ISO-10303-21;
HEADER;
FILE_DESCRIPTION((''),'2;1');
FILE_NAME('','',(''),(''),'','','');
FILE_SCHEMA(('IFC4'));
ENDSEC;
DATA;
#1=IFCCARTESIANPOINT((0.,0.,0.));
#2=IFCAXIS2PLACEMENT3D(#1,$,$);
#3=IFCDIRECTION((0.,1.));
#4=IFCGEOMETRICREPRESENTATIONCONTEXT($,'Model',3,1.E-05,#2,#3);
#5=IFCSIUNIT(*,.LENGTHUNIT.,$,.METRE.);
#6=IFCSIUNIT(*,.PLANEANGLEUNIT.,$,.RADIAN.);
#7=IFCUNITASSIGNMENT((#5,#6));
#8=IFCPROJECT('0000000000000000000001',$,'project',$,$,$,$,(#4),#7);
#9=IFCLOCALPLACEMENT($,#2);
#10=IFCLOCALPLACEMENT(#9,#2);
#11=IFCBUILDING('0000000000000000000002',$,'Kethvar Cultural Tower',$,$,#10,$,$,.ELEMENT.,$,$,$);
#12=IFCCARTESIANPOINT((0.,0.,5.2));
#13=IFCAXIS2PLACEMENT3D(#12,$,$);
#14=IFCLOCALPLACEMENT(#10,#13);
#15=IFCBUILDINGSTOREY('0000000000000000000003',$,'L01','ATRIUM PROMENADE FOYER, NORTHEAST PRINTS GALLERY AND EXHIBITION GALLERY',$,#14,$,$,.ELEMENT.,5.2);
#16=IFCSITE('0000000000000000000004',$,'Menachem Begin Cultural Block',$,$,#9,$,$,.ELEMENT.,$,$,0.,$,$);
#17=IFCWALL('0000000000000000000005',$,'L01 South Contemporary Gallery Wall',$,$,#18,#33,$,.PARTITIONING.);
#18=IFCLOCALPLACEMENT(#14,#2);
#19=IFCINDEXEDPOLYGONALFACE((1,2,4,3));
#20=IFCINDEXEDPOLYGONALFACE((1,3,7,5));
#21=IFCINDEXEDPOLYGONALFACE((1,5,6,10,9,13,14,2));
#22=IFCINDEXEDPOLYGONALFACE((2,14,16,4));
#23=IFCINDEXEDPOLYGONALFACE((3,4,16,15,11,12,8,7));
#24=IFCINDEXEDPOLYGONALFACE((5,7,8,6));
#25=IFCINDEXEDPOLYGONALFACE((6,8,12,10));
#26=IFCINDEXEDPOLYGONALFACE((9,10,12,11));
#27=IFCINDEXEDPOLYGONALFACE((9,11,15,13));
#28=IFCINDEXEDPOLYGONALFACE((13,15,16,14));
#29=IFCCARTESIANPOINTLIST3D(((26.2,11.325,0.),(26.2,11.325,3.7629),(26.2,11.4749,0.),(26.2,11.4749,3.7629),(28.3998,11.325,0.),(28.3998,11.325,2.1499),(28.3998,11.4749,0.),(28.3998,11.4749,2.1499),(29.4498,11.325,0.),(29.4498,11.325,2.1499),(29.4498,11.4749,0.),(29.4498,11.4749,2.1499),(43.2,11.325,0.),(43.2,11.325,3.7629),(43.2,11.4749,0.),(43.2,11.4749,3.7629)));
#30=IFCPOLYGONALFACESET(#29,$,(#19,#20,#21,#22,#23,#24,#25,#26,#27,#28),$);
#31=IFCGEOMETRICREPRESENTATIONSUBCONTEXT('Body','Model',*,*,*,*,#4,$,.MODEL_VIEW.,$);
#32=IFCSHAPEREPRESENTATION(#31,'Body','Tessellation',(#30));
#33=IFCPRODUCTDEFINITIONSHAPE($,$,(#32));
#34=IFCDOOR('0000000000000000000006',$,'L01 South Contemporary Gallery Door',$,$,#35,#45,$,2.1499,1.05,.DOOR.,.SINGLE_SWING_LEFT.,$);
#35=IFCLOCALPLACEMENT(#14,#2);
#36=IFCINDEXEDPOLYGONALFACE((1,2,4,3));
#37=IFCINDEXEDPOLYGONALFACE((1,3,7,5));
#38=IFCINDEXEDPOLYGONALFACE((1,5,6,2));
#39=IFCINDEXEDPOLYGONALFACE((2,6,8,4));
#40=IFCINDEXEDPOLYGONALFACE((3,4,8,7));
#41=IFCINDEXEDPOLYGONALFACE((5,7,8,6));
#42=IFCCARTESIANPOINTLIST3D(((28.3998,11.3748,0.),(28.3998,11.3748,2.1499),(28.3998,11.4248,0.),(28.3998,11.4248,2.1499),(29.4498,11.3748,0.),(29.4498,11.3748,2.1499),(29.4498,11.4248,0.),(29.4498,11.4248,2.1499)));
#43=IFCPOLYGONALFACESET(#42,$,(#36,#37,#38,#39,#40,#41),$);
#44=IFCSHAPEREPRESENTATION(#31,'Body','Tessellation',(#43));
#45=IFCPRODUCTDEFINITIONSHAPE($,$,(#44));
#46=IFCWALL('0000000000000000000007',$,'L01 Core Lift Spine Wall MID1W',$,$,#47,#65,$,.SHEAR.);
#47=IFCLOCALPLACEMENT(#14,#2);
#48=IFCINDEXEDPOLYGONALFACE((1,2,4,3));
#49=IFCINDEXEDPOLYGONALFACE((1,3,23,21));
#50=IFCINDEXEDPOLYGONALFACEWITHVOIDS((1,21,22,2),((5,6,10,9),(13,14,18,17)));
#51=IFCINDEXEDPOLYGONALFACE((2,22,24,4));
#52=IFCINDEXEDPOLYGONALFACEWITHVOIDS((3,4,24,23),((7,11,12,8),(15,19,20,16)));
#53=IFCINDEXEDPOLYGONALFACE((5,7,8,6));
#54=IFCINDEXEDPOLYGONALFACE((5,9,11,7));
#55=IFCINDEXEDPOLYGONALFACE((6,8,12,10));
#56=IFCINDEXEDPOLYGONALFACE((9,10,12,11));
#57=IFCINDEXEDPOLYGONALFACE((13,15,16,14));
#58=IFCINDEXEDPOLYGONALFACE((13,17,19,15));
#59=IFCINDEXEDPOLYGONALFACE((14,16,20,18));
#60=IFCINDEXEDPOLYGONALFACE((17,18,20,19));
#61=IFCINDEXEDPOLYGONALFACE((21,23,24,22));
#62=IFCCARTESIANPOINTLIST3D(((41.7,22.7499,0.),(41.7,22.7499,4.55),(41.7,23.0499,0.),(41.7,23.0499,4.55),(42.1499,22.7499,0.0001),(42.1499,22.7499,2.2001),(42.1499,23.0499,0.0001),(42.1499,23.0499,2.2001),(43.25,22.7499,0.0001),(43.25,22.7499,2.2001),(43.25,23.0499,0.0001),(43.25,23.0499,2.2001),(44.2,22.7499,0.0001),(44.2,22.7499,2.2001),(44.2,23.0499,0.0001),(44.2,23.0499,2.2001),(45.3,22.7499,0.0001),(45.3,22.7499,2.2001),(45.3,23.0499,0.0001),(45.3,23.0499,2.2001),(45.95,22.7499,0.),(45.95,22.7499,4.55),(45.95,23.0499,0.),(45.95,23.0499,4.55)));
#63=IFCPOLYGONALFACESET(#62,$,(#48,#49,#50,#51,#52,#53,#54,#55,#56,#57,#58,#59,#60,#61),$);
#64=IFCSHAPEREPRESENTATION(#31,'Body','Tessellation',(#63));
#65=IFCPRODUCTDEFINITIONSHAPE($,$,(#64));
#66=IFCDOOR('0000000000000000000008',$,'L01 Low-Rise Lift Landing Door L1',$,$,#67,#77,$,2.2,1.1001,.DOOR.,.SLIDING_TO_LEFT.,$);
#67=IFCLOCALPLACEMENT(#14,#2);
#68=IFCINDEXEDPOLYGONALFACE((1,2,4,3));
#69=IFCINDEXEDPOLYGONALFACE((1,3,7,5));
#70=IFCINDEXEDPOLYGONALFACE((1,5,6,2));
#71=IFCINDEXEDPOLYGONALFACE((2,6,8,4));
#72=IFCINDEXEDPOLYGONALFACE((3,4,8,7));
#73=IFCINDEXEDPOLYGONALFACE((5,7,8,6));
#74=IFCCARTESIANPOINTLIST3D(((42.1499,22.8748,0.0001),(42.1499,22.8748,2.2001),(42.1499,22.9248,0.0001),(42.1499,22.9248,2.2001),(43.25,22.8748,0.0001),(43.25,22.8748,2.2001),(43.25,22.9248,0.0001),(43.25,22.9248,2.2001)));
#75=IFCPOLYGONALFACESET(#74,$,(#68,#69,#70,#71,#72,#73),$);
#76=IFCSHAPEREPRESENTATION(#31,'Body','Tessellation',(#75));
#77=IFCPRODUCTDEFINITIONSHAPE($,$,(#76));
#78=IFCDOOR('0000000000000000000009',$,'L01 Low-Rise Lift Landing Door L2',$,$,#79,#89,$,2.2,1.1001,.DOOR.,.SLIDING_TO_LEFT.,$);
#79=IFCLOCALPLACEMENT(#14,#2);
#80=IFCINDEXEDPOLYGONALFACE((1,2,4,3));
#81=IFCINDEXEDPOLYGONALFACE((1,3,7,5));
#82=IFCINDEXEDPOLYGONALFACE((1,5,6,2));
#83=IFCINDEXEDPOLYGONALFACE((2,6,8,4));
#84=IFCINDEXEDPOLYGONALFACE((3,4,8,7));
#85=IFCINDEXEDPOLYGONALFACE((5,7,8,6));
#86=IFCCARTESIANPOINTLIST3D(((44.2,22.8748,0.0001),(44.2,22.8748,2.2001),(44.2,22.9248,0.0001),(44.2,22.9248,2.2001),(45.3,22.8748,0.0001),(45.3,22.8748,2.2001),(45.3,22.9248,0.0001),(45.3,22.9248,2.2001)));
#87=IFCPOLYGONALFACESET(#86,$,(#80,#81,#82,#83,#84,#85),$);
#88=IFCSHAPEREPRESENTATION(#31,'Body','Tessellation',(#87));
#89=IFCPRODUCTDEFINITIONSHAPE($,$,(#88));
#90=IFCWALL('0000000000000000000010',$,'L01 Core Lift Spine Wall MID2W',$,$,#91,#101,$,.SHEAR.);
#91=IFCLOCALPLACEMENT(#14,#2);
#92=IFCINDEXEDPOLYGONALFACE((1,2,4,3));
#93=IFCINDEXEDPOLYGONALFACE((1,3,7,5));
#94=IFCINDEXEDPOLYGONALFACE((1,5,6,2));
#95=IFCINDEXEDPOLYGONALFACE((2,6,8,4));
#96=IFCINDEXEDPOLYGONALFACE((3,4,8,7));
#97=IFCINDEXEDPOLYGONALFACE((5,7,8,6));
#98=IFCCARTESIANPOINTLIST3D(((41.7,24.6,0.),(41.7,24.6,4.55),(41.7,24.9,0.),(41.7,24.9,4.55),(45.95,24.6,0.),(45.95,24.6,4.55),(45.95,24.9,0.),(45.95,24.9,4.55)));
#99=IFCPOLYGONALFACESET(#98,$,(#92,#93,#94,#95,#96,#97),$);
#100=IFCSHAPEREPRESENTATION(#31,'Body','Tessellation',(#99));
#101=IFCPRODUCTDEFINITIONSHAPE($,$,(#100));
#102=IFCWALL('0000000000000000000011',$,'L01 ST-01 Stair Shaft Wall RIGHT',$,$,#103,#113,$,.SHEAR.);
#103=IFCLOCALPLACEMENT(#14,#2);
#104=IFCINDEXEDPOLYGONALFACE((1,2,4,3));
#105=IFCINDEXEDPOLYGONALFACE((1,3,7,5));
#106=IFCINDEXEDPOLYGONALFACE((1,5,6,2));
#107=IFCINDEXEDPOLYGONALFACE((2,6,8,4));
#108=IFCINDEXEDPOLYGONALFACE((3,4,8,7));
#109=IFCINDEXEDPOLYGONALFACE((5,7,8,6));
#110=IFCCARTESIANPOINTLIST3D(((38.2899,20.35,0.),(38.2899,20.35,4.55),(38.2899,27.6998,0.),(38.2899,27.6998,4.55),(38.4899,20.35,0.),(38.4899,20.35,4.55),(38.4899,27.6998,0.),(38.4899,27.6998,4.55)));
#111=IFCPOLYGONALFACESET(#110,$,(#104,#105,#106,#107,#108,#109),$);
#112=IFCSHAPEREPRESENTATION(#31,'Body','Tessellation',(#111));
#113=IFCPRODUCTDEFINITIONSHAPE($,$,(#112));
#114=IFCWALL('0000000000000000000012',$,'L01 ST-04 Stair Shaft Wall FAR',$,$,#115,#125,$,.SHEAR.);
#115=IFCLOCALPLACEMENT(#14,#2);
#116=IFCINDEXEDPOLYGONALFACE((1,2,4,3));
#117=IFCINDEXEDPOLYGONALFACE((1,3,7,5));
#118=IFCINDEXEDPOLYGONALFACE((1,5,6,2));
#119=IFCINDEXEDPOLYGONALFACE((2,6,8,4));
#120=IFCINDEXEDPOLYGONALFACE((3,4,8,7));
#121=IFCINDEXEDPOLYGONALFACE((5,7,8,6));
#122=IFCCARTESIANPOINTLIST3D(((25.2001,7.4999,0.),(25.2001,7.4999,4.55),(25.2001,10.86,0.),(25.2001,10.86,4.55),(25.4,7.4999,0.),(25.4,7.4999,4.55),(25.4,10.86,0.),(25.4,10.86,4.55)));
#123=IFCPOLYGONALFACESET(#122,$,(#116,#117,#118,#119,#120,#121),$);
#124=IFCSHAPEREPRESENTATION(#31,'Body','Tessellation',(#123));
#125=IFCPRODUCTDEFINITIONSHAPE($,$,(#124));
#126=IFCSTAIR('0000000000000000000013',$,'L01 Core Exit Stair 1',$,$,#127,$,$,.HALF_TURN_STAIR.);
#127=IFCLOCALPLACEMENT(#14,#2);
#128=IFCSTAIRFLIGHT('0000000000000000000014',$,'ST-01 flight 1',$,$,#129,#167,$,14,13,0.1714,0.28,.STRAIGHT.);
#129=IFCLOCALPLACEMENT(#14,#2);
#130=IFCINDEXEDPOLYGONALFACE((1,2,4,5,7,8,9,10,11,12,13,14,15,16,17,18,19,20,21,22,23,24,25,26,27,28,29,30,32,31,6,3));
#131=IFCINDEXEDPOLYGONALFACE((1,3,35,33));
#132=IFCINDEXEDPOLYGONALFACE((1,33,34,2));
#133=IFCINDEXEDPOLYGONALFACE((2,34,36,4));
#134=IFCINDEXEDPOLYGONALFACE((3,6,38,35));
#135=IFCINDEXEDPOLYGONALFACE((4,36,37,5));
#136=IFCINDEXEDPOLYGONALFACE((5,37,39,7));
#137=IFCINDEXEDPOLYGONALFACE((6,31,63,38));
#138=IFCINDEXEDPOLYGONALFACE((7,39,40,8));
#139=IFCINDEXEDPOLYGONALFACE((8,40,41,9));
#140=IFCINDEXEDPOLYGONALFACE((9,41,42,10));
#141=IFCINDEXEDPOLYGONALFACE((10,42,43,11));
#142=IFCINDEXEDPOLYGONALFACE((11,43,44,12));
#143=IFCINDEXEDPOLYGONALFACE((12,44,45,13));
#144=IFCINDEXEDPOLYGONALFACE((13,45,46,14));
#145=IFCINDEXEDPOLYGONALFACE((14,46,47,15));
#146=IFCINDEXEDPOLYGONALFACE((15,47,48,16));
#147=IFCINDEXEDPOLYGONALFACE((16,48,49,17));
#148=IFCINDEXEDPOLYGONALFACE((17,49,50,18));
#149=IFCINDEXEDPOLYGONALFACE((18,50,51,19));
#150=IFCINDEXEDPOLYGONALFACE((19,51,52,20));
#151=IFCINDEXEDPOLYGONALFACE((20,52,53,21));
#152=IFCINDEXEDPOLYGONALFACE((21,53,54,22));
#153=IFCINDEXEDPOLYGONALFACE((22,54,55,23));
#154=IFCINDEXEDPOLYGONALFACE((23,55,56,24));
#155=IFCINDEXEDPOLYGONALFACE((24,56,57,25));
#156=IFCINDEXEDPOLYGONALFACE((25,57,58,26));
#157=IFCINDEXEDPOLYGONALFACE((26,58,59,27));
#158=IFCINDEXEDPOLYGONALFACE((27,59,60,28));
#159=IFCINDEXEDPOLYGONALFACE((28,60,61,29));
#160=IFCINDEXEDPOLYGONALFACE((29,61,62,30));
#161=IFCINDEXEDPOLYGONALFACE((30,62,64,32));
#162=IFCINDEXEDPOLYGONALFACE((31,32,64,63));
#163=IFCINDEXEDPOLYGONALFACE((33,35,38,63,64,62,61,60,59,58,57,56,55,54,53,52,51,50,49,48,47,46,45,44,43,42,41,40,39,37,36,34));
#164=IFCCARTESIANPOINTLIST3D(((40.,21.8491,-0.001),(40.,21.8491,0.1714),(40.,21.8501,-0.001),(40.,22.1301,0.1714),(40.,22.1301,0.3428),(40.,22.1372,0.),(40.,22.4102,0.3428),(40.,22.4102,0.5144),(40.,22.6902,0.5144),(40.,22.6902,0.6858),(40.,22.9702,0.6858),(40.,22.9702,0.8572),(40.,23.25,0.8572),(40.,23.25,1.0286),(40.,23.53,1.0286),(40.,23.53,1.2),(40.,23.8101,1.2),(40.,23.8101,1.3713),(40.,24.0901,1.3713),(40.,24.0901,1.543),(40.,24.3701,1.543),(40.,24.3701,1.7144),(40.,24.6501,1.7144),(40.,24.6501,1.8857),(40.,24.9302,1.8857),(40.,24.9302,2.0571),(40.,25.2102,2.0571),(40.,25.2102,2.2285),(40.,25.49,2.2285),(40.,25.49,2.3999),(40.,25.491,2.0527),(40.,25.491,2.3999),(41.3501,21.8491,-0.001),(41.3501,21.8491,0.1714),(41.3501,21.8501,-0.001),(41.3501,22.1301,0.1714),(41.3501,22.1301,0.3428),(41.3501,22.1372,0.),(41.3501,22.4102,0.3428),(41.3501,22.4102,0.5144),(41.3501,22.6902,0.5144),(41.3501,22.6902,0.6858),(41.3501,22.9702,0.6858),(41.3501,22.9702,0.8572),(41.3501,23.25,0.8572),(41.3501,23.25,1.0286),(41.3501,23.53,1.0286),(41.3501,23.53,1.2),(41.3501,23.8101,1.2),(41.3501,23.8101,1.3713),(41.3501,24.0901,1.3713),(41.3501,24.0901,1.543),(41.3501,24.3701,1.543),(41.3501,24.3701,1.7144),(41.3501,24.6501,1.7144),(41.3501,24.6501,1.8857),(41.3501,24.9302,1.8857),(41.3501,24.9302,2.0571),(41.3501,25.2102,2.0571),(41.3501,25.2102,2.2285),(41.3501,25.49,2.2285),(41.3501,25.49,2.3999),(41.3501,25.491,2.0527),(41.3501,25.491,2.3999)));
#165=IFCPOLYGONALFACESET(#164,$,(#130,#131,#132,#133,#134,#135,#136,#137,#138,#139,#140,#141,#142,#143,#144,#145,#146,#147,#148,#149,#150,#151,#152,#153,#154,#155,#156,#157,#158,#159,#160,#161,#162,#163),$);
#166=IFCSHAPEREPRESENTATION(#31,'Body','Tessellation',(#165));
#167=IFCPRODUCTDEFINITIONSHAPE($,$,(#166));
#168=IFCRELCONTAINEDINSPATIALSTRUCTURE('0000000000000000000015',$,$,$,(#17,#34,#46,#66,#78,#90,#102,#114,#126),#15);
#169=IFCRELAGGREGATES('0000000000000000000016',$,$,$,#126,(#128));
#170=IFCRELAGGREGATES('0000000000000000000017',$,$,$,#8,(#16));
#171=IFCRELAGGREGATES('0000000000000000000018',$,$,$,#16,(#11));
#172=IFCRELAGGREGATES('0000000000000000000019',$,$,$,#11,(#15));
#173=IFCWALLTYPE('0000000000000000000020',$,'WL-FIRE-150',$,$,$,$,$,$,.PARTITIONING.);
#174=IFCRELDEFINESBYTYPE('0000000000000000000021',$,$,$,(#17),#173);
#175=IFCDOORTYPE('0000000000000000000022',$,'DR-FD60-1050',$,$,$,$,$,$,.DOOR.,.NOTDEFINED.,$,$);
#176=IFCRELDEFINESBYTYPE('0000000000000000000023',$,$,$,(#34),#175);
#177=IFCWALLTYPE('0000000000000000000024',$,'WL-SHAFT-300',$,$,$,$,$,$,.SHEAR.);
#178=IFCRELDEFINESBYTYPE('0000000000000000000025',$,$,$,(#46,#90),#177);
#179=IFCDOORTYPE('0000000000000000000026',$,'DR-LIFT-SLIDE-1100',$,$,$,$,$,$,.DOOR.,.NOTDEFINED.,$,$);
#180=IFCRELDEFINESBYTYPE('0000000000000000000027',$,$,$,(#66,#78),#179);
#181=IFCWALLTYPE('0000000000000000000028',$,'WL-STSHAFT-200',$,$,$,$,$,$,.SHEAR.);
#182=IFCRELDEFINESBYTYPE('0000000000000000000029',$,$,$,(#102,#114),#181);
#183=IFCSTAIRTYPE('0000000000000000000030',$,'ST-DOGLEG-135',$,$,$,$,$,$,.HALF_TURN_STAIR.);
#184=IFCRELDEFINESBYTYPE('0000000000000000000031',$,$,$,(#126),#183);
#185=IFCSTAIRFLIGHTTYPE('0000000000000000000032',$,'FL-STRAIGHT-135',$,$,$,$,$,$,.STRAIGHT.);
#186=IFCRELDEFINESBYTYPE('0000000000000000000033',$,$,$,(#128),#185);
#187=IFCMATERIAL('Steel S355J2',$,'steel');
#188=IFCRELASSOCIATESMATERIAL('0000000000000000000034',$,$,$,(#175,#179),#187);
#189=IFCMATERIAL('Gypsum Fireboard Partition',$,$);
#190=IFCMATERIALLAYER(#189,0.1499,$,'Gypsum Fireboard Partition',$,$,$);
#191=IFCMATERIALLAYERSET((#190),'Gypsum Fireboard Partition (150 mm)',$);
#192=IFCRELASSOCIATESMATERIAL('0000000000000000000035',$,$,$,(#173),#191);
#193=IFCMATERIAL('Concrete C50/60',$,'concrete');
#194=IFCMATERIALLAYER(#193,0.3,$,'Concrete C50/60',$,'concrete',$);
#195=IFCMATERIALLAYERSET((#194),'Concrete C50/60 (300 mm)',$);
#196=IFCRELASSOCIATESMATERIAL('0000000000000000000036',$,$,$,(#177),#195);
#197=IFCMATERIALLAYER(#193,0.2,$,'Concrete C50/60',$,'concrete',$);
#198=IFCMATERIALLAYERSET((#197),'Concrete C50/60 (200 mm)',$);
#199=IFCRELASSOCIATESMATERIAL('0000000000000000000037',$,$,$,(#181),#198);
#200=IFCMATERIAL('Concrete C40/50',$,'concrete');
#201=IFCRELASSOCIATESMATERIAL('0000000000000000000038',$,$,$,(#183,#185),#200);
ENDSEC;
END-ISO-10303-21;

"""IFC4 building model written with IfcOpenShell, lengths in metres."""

from ifc_helpers import new_model, si_unit, direction, frame, frame_2d, origin, place, context, subcontext, project, spatial, polyline, rectangle, outline, extrude, source, transform, mapped, material, layer, layer_set, type_object, element, fill, aggregate, save


model = new_model("IFC4")

# Units and contexts
model_context = context("Model", 3, precision=1e-05, world=origin(), true_north=direction((0.0, 1.0)))
body_context = subcontext(model_context, "Body", "Model", "MODEL_VIEW")
ifc_project = project(units=[si_unit("LENGTHUNIT", "METRE"), si_unit("PLANEANGLEUNIT", "RADIAN")], contexts=[model_context])

# Site, building, storey
site_placement = place(None, origin())
site = spatial("IfcSite", under=ifc_project, at=site_placement, Name="Menachem Begin Cultural Block", CompositionType="ELEMENT", RefElevation=0.0)
building_placement = place(site_placement, origin())
building = spatial("IfcBuilding", under=site, at=building_placement, Name="Kethvar Cultural Tower", CompositionType="ELEMENT")
storey_placement = place(building_placement, frame((0.0, 0.0, 5.2)))
storey = spatial("IfcBuildingStorey", under=building, at=storey_placement, Name="L01", Description="ATRIUM PROMENADE FOYER, NORTHEAST PRINTS GALLERY AND EXHIBITION GALLERY", CompositionType="ELEMENT", Elevation=5.2)

# Shared definitions
ifc_material_1 = material(Name="Steel S355J2", Category="steel")

# Shared definitions
door_type_1 = type_object("IfcDoorType", Name="DR-FD60-1050", OperationType="NOTDEFINED", PredefinedType="DOOR", material=ifc_material_1)
shared_shape_1 = source(origin(), body_context, "Body", "SweptSolid", [
    extrude(rectangle(XDim=1.05, YDim=2.1499, at=frame_2d((0.5249, 1.075))), frame((0.0, 0.0249, 0.0), z_axis=(0.0, -1.0, 0.0), x_axis=(1.0, 0.0, 0.0)), (0.0, 0.0, 1.0), 0.05),
])

# Shared definitions
ifc_material_2 = material(Name="Gypsum Fireboard Partition")
ifc_layer_1 = layer(ifc_material_2, 0.1499, Name="Gypsum Fireboard Partition")
ifc_layer_set_1 = layer_set([ifc_layer_1], Name="Gypsum Fireboard Partition (150 mm)")
wall_type_1 = type_object("IfcWallType", Name="WL-FIRE-150", PredefinedType="PARTITIONING", material=ifc_layer_set_1)

# Wall, opening, door
wall_1_placement = place(storey_placement, frame((26.2, 11.3999, 0.0), z_axis=(0.0, 0.0, 1.0), x_axis=(1.0, 0.0, 0.0)))
wall_1 = element("IfcWall", 1, at=wall_1_placement, inside=storey, type_object=wall_type_1, Name="L01 South Contemporary Gallery Wall", PredefinedType="PARTITIONING", context=body_context, shape_type="SweptSolid", body=[
    extrude(rectangle(XDim=17.0, YDim=0.1499, at=frame_2d((8.5, 0.0))), origin(), (0.0, 0.0, 1.0), 3.7629),
])
opening_1_placement = place(wall_1_placement, frame((2.2, 0.0, 0.0)))
opening_1 = element("IfcOpeningElement", 2, at=opening_1_placement, cuts=wall_1, PredefinedType="OPENING", context=body_context, shape_type="SweptSolid", body=[
    extrude(rectangle(XDim=1.05, YDim=2.1499, at=frame_2d((0.5249, 1.075))), frame((0.0, 0.085, 0.0), z_axis=(0.0, -1.0, 0.0), x_axis=(1.0, 0.0, 0.0)), (0.0, 0.0, 1.0), 0.1699),
])
door_1_placement = place(opening_1_placement, origin())
door_1 = element("IfcDoor", 3, at=door_1_placement, inside=storey, type_object=door_type_1, Name="L01 South Contemporary Gallery Door", OperationType="SINGLE_SWING_LEFT", OverallHeight=2.1499, OverallWidth=1.05, PredefinedType="DOOR", context=body_context, shape_type="MappedRepresentation", body=[
    mapped(shared_shape_1, transform((0.0, 0.0, 0.0), scale=1.0)),
])
fill(opening_1, door_1)

# Wall, openings, doors
ifc_material_3 = material(Name="Concrete C50/60", Category="concrete")
ifc_layer_2 = layer(ifc_material_3, 0.3, Name="Concrete C50/60", Category="concrete")
ifc_layer_set_2 = layer_set([ifc_layer_2], Name="Concrete C50/60 (300 mm)")
wall_type_2 = type_object("IfcWallType", Name="WL-SHAFT-300", PredefinedType="SHEAR", material=ifc_layer_set_2)
wall_2_placement = place(storey_placement, frame((41.7, 22.8999, 0.0), z_axis=(0.0, 0.0, 1.0), x_axis=(1.0, 0.0, 0.0)))
wall_2 = element("IfcWall", 4, at=wall_2_placement, inside=storey, type_object=wall_type_2, Name="L01 Core Lift Spine Wall MID1W", PredefinedType="SHEAR", context=body_context, shape_type="SweptSolid", body=[
    extrude(rectangle(XDim=4.25, YDim=0.3, at=frame_2d((2.125, 0.0))), origin(), (0.0, 0.0, 1.0), 4.55),
])
opening_2_placement = place(wall_2_placement, frame((0.45, 0.0, 0.0)))
opening_2 = element("IfcOpeningElement", 5, at=opening_2_placement, cuts=wall_2, PredefinedType="OPENING", context=body_context, shape_type="SweptSolid", body=[
    extrude(rectangle(XDim=1.1001, YDim=2.2, at=frame_2d((0.55, 1.1001))), frame((0.0, 0.1599, 0.0), z_axis=(0.0, -1.0, 0.0), x_axis=(1.0, 0.0, 0.0)), (0.0, 0.0, 1.0), 0.3201),
])
opening_3_placement = place(wall_2_placement, frame((2.5, 0.0, 0.0)))
opening_3 = element("IfcOpeningElement", 6, at=opening_3_placement, cuts=wall_2, PredefinedType="OPENING", context=body_context, shape_type="SweptSolid", body=[
    extrude(rectangle(XDim=1.1001, YDim=2.2, at=frame_2d((0.55, 1.1001))), frame((0.0, 0.1599, 0.0), z_axis=(0.0, -1.0, 0.0), x_axis=(1.0, 0.0, 0.0)), (0.0, 0.0, 1.0), 0.3201),
])
door_type_2 = type_object("IfcDoorType", Name="DR-LIFT-SLIDE-1100", OperationType="NOTDEFINED", PredefinedType="DOOR", material=ifc_material_1)
shared_shape_2 = source(origin(), body_context, "Body", "SweptSolid", [
    extrude(rectangle(XDim=1.1001, YDim=2.2, at=frame_2d((0.55, 1.1001))), frame((0.0, 0.0249, 0.0), z_axis=(0.0, -1.0, 0.0), x_axis=(1.0, 0.0, 0.0)), (0.0, 0.0, 1.0), 0.05),
])
door_2_placement = place(opening_2_placement, origin())
door_2 = element("IfcDoor", 7, at=door_2_placement, inside=storey, type_object=door_type_2, Name="L01 Low-Rise Lift Landing Door L1", OperationType="SLIDING_TO_LEFT", OverallHeight=2.2, OverallWidth=1.1001, PredefinedType="DOOR", context=body_context, shape_type="MappedRepresentation", body=[
    mapped(shared_shape_2, transform((0.0, 0.0, 0.0), scale=1.0)),
])
fill(opening_2, door_2)
door_3_placement = place(opening_3_placement, origin())
door_3 = element("IfcDoor", 8, at=door_3_placement, inside=storey, type_object=door_type_2, Name="L01 Low-Rise Lift Landing Door L2", OperationType="SLIDING_TO_LEFT", OverallHeight=2.2, OverallWidth=1.1001, PredefinedType="DOOR", context=body_context, shape_type="MappedRepresentation", body=[
    mapped(shared_shape_2, transform((0.0, 0.0, 0.0), scale=1.0)),
])
fill(opening_3, door_3)

# Walls
wall_3_placement = place(storey_placement, frame((41.7, 24.75, 0.0), z_axis=(0.0, 0.0, 1.0), x_axis=(1.0, 0.0, 0.0)))
element("IfcWall", 9, at=wall_3_placement, inside=storey, type_object=wall_type_2, Name="L01 Core Lift Spine Wall MID2W", PredefinedType="SHEAR", context=body_context, shape_type="SweptSolid", body=[
    extrude(rectangle(XDim=4.25, YDim=0.3, at=frame_2d((2.125, 0.0))), origin(), (0.0, 0.0, 1.0), 4.55),
])
ifc_layer_3 = layer(ifc_material_3, 0.2, Name="Concrete C50/60", Category="concrete")
ifc_layer_set_3 = layer_set([ifc_layer_3], Name="Concrete C50/60 (200 mm)")
wall_type_3 = type_object("IfcWallType", Name="WL-STSHAFT-200", PredefinedType="SHEAR", material=ifc_layer_set_3)
wall_4_placement = place(storey_placement, frame((38.3899, 20.3501, 0.0), z_axis=(0.0, 0.0, 1.0), x_axis=(0.0, 1.0, 0.0)))
element("IfcWall", 10, at=wall_4_placement, inside=storey, type_object=wall_type_3, Name="L01 ST-01 Stair Shaft Wall RIGHT", PredefinedType="SHEAR", context=body_context, shape_type="SweptSolid", body=[
    extrude(rectangle(XDim=7.3499, YDim=0.2, at=frame_2d((3.6748, 0.0))), origin(), (0.0, 0.0, 1.0), 4.55),
])
wall_5_placement = place(storey_placement, frame((25.3, 10.8601, 0.0), z_axis=(0.0, 0.0, 1.0), x_axis=(0.0, -1.0, 0.0)))
element("IfcWall", 11, at=wall_5_placement, inside=storey, type_object=wall_type_3, Name="L01 ST-04 Stair Shaft Wall FAR", PredefinedType="SHEAR", context=body_context, shape_type="SweptSolid", body=[
    extrude(rectangle(XDim=3.3601, YDim=0.2, at=frame_2d((1.6802, 0.0))), origin(), (0.0, 0.0, 1.0), 4.55),
])

# Stair, stair flight
ifc_material_4 = material(Name="Concrete C40/50", Category="concrete")
stair_type_1 = type_object("IfcStairType", Name="ST-DOGLEG-135", PredefinedType="HALF_TURN_STAIR", material=ifc_material_4)
stair_1_placement = place(storey_placement, origin())
stair_1 = element("IfcStair", 12, at=stair_1_placement, inside=storey, type_object=stair_type_1, Name="L01 Core Exit Stair 1", PredefinedType="HALF_TURN_STAIR")
stair_flight_type_1 = type_object("IfcStairFlightType", Name="FL-STRAIGHT-135", PredefinedType="STRAIGHT", material=ifc_material_4)
stair_flight_1_placement = place(storey_placement, frame((40.675, 21.8501, 0.0), z_axis=(0.0, 0.0, 1.0), x_axis=(0.0, 1.0, 0.0)))
stair_flight_1 = element("IfcStairFlight", 13, at=stair_flight_1_placement, type_object=stair_flight_type_1, Name="ST-01 flight 1", NumberOfRisers=14, NumberOfTreads=13, PredefinedType="STRAIGHT", RiserHeight=0.1714, TreadLength=0.28, context=body_context, shape_type="SweptSolid", body=[
    extrude(outline(polyline([(-0.001, -0.001), (-0.001, 0.1714), (0.28, 0.1714), (0.28, 0.3428), (0.5601, 0.3428), (0.5601, 0.5144), (0.8401, 0.5144), (0.8401, 0.6858), (1.1201, 0.6858), (1.1201, 0.8572), (1.3999, 0.8572), (1.3999, 1.0286), (1.6799, 1.0286), (1.6799, 1.2), (1.96, 1.2), (1.96, 1.3713), (2.24, 1.3713), (2.24, 1.543), (2.52, 1.543), (2.52, 1.7144), (2.8, 1.7144), (2.8, 1.8857), (3.0801, 1.8857), (3.0801, 2.0571), (3.3601, 2.0571), (3.3601, 2.2285), (3.6399, 2.2285), (3.6399, 2.3999), (3.6409, 2.3999), (3.6409, 2.0527), (0.2871, 0.0), (0.0, -0.001), (-0.001, -0.001)])), frame((0.0, 0.675, 0.0), z_axis=(0.0, -1.0, 0.0), x_axis=(1.0, 0.0, 0.0)), (0.0, 0.0, 1.0), 1.3501),
])
aggregate(stair_1, [stair_flight_1])

save(model, "model.ifc")
